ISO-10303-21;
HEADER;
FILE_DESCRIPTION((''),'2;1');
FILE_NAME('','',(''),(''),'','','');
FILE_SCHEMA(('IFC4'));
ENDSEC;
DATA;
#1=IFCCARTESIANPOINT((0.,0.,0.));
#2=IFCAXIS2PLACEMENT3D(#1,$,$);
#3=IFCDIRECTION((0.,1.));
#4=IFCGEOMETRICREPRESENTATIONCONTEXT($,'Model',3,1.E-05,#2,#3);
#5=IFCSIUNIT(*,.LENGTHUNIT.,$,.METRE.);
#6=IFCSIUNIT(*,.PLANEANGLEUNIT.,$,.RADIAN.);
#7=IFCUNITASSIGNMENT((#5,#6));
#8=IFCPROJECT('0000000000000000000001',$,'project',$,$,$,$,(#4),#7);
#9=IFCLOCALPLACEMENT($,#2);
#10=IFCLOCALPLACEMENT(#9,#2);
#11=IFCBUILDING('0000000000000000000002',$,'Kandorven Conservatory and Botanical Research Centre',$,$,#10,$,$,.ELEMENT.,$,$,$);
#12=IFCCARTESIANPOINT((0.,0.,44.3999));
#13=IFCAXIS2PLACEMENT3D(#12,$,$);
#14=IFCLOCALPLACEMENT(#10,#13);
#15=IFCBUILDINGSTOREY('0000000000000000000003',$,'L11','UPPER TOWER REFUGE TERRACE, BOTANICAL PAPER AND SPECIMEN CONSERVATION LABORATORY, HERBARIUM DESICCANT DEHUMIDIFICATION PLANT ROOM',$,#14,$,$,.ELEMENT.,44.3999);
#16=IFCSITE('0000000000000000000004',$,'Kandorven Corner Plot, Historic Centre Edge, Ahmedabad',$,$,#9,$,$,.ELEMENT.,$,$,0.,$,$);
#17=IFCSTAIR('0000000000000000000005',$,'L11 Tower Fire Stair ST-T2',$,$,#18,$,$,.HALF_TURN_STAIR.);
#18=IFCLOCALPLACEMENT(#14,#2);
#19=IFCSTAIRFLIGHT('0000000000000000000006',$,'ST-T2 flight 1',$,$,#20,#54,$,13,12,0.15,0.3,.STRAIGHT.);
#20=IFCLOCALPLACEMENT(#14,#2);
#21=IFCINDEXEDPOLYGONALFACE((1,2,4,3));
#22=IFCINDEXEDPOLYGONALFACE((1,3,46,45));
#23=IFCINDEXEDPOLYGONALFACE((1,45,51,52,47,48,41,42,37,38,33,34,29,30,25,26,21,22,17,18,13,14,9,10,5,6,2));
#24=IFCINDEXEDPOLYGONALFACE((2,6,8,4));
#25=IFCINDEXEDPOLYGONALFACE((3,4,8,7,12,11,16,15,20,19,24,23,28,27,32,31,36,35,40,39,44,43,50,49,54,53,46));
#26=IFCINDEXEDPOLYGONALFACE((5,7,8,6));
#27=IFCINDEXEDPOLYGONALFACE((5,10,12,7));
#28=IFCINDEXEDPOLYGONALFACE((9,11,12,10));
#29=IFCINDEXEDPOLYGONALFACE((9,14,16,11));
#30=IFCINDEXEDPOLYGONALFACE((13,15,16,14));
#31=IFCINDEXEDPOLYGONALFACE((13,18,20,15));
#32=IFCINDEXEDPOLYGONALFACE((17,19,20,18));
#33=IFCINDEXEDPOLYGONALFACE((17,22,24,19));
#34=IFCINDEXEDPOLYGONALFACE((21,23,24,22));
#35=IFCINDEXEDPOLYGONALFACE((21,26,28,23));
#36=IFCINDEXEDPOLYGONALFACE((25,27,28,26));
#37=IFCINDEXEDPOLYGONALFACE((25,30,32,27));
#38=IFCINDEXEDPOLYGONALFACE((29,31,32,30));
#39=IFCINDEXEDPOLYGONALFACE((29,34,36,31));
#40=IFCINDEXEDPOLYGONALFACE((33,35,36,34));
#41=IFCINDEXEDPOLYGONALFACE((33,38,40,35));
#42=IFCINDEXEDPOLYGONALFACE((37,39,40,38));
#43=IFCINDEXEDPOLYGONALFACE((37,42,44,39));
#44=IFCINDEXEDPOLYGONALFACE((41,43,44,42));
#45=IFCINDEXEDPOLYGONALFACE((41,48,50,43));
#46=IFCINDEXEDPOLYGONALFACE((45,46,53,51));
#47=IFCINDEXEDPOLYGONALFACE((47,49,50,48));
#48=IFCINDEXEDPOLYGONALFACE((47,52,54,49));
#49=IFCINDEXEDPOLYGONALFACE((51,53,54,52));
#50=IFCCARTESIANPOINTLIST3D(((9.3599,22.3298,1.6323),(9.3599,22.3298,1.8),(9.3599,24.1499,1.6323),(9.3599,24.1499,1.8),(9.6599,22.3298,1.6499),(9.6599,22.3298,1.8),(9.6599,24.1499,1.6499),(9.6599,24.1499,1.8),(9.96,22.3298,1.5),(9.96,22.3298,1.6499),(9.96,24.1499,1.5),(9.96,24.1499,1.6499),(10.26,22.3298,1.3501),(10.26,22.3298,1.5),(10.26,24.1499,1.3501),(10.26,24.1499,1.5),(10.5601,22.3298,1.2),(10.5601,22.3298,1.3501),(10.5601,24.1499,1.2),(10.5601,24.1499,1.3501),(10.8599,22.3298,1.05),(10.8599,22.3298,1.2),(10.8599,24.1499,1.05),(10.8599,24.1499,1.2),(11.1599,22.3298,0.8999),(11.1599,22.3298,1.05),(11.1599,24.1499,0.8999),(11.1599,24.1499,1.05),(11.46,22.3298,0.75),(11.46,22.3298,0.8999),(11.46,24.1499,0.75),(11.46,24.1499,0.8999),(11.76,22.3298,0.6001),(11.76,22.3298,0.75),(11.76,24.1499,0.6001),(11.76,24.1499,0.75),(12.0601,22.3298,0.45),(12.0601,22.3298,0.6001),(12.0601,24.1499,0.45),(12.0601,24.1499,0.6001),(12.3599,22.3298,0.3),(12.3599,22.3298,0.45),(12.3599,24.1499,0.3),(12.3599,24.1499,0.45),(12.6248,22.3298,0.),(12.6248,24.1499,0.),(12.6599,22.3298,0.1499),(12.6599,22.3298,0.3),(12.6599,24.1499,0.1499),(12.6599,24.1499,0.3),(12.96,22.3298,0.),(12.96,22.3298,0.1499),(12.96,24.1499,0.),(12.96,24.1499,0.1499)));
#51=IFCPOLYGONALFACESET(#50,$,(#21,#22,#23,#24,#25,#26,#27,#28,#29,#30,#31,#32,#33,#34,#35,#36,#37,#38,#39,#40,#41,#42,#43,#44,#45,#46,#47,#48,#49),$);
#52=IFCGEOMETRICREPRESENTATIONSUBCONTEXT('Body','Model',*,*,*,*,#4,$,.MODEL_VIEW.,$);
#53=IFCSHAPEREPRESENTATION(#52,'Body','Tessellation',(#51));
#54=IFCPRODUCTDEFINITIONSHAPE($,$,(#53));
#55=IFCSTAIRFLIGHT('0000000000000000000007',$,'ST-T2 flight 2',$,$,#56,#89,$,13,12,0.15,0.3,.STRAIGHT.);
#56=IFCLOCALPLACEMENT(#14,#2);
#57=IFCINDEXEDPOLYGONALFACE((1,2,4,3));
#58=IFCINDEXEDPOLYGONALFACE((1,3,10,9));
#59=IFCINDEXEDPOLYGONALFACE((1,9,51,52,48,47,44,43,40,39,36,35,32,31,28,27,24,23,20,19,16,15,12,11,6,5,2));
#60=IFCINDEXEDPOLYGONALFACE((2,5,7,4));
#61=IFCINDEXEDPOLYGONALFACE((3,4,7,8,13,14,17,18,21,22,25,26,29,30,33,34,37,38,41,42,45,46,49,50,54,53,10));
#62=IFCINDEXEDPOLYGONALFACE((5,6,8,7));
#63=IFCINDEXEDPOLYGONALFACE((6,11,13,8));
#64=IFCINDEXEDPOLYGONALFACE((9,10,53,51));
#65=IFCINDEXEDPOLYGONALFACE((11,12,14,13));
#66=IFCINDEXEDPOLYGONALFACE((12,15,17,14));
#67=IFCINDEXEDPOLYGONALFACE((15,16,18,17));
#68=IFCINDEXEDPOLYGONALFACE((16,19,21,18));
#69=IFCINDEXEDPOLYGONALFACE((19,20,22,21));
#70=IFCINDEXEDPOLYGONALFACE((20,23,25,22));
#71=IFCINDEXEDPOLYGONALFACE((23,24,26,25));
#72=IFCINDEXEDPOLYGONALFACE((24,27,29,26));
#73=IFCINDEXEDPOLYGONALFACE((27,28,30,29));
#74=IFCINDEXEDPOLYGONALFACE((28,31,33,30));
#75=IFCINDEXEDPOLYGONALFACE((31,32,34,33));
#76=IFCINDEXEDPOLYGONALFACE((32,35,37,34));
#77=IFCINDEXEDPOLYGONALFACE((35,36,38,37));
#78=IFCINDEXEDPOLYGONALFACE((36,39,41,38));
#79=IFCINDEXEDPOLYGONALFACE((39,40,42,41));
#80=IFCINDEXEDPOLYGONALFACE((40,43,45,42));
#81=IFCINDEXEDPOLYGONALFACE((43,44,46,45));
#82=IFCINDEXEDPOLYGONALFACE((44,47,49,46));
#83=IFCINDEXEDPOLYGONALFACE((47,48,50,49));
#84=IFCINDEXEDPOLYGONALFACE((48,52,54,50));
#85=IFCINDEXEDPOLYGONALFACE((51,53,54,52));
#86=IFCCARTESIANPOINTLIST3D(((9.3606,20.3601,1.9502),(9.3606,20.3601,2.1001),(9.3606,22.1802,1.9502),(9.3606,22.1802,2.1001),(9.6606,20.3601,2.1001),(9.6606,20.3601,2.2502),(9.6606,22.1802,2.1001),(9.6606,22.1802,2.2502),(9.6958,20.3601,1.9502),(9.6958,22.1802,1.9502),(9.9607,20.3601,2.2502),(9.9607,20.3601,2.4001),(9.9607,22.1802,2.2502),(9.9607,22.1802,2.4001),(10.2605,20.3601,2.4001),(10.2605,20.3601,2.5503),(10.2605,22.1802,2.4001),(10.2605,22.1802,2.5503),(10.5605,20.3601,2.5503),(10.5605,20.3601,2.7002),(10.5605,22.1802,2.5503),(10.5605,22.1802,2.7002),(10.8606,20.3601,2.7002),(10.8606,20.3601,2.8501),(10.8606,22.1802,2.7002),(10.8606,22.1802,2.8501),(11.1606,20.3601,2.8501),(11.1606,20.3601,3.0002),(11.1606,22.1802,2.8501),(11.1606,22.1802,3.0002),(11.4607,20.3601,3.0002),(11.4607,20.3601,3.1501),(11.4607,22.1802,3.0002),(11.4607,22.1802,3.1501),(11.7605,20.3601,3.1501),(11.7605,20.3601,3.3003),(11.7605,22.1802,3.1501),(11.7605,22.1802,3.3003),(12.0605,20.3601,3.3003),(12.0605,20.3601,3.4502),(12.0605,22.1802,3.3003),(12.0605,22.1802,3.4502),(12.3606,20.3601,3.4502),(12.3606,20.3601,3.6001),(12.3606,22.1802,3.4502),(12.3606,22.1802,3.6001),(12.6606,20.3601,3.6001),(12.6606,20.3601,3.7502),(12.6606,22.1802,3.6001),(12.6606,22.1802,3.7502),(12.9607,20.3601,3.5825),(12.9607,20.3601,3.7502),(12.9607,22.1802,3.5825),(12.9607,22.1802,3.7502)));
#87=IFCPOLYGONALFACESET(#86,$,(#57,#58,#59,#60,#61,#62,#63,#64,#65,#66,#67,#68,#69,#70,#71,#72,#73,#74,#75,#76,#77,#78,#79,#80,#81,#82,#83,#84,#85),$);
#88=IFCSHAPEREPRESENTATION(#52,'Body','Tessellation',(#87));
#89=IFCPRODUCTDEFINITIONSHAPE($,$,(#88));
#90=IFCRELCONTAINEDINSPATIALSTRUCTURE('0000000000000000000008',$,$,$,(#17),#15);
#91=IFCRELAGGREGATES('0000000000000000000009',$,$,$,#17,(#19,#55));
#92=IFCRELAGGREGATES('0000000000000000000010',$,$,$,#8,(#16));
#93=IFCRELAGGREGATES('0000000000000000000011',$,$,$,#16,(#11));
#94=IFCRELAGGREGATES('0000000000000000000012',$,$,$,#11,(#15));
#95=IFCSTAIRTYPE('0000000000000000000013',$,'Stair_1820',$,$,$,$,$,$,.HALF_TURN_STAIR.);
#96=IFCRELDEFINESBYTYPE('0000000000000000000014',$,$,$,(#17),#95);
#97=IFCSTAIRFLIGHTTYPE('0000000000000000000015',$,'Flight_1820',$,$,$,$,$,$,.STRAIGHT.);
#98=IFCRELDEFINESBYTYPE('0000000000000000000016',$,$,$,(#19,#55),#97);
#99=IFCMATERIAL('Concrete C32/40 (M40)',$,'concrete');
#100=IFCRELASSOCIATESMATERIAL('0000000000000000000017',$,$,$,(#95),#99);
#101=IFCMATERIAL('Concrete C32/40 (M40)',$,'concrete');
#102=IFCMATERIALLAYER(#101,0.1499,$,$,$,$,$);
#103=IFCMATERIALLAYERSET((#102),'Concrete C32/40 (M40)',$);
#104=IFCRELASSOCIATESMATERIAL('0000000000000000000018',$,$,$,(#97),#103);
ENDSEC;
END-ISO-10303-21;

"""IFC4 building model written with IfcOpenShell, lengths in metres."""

from ifc_helpers import new_model, si_unit, direction, frame, origin, place, context, subcontext, project, spatial, polyline, outline, extrude, material, layer, layer_set, type_object, element, aggregate, save


model = new_model("IFC4")

# Units and contexts
model_context = context("Model", 3, precision=1e-05, world=origin(), true_north=direction((0.0, 1.0)))
body_context = subcontext(model_context, "Body", "Model", "MODEL_VIEW")
ifc_project = project(units=[si_unit("LENGTHUNIT", "METRE"), si_unit("PLANEANGLEUNIT", "RADIAN")], contexts=[model_context])

# Site, building, storey
site_placement = place(None, origin())
site = spatial("IfcSite", under=ifc_project, at=site_placement, Name="Kandorven Corner Plot, Historic Centre Edge, Ahmedabad", CompositionType="ELEMENT", RefElevation=0.0)
building_placement = place(site_placement, origin())
building = spatial("IfcBuilding", under=site, at=building_placement, Name="Kandorven Conservatory and Botanical Research Centre", CompositionType="ELEMENT")
storey_placement = place(building_placement, frame((0.0, 0.0, 44.3999)))
storey = spatial("IfcBuildingStorey", under=building, at=storey_placement, Name="L11", Description="UPPER TOWER REFUGE TERRACE, BOTANICAL PAPER AND SPECIMEN CONSERVATION LABORATORY, HERBARIUM DESICCANT DEHUMIDIFICATION PLANT ROOM", CompositionType="ELEMENT", Elevation=44.3999)

# Stair, stair flights
ifc_material_1 = material(Name="Concrete C32/40 (M40)", Category="concrete")
stair_type = type_object("IfcStairType", Name="Stair_1820", PredefinedType="HALF_TURN_STAIR", material=ifc_material_1)
stair_placement = place(storey_placement, origin())
stair = element("IfcStair", 1, at=stair_placement, inside=storey, type_object=stair_type, Name="L11 Tower Fire Stair ST-T2", PredefinedType="HALF_TURN_STAIR")
ifc_material_2 = material(Name="Concrete C32/40 (M40)", Category="concrete")
ifc_layer_1 = layer(ifc_material_2, 0.1499)
ifc_layer_set_1 = layer_set([ifc_layer_1], Name="Concrete C32/40 (M40)")
stair_flight_type = type_object("IfcStairFlightType", Name="Flight_1820", PredefinedType="STRAIGHT", material=ifc_layer_set_1)
stair_flight_1_placement = place(storey_placement, frame((12.96, 23.24, 0.0), z_axis=(0.0, 0.0, 1.0), x_axis=(-1.0, 0.0, 0.0)))
stair_flight_1 = element("IfcStairFlight", 2, at=stair_flight_1_placement, type_object=stair_flight_type, Name="ST-T2 flight 1", NumberOfRisers=13, NumberOfTreads=12, PredefinedType="STRAIGHT", RiserHeight=0.15, TreadLength=0.3, context=body_context, shape_type="SweptSolid", body=[
    extrude(outline(polyline([(0.0, 0.0), (0.0, 0.1499), (0.3, 0.1499), (0.3, 0.3), (0.6001, 0.3), (0.6001, 0.45), (0.8999, 0.45), (0.8999, 0.6001), (1.2, 0.6001), (1.2, 0.75), (1.5, 0.75), (1.5, 0.8999), (1.8, 0.8999), (1.8, 1.05), (2.1001, 1.05), (2.1001, 1.2), (2.3999, 1.2), (2.3999, 1.3501), (2.7, 1.3501), (2.7, 1.5), (3.0, 1.5), (3.0, 1.6499), (3.3, 1.6499), (3.3, 1.8), (3.6001, 1.8), (3.6001, 1.95), (3.6001, 1.6323), (0.3352, 0.0), (0.0, 0.0)])), frame((0.0, 0.9102, 0.0), z_axis=(0.0, -1.0, 0.0), x_axis=(1.0, 0.0, 0.0)), (0.0, 0.0, 1.0), 1.8201),
])
stair_flight_2_placement = place(storey_placement, frame((9.3606, 21.27, 1.9502), z_axis=(0.0, 0.0, 1.0), x_axis=(1.0, 0.0, 0.0)))
stair_flight_2 = element("IfcStairFlight", 3, at=stair_flight_2_placement, type_object=stair_flight_type, Name="ST-T2 flight 2", NumberOfRisers=13, NumberOfTreads=12, PredefinedType="STRAIGHT", RiserHeight=0.15, TreadLength=0.3, context=body_context, shape_type="SweptSolid", body=[
    extrude(outline(polyline([(0.0, 0.0), (0.0, 0.1499), (0.3, 0.1499), (0.3, 0.3), (0.6001, 0.3), (0.6001, 0.45), (0.8999, 0.45), (0.8999, 0.6001), (1.2, 0.6001), (1.2, 0.75), (1.5, 0.75), (1.5, 0.8999), (1.8, 0.8999), (1.8, 1.05), (2.1001, 1.05), (2.1001, 1.2), (2.3999, 1.2), (2.3999, 1.3501), (2.7, 1.3501), (2.7, 1.5), (3.0, 1.5), (3.0, 1.6499), (3.3, 1.6499), (3.3, 1.8), (3.6001, 1.8), (3.6001, 1.95), (3.6001, 1.6323), (0.3352, 0.0), (0.0, 0.0)])), frame((0.0, 0.9102, 0.0), z_axis=(0.0, -1.0, 0.0), x_axis=(1.0, 0.0, 0.0)), (0.0, 0.0, 1.0), 1.8201),
])
aggregate(stair, [stair_flight_1, stair_flight_2])

save(model, "model.ifc")
